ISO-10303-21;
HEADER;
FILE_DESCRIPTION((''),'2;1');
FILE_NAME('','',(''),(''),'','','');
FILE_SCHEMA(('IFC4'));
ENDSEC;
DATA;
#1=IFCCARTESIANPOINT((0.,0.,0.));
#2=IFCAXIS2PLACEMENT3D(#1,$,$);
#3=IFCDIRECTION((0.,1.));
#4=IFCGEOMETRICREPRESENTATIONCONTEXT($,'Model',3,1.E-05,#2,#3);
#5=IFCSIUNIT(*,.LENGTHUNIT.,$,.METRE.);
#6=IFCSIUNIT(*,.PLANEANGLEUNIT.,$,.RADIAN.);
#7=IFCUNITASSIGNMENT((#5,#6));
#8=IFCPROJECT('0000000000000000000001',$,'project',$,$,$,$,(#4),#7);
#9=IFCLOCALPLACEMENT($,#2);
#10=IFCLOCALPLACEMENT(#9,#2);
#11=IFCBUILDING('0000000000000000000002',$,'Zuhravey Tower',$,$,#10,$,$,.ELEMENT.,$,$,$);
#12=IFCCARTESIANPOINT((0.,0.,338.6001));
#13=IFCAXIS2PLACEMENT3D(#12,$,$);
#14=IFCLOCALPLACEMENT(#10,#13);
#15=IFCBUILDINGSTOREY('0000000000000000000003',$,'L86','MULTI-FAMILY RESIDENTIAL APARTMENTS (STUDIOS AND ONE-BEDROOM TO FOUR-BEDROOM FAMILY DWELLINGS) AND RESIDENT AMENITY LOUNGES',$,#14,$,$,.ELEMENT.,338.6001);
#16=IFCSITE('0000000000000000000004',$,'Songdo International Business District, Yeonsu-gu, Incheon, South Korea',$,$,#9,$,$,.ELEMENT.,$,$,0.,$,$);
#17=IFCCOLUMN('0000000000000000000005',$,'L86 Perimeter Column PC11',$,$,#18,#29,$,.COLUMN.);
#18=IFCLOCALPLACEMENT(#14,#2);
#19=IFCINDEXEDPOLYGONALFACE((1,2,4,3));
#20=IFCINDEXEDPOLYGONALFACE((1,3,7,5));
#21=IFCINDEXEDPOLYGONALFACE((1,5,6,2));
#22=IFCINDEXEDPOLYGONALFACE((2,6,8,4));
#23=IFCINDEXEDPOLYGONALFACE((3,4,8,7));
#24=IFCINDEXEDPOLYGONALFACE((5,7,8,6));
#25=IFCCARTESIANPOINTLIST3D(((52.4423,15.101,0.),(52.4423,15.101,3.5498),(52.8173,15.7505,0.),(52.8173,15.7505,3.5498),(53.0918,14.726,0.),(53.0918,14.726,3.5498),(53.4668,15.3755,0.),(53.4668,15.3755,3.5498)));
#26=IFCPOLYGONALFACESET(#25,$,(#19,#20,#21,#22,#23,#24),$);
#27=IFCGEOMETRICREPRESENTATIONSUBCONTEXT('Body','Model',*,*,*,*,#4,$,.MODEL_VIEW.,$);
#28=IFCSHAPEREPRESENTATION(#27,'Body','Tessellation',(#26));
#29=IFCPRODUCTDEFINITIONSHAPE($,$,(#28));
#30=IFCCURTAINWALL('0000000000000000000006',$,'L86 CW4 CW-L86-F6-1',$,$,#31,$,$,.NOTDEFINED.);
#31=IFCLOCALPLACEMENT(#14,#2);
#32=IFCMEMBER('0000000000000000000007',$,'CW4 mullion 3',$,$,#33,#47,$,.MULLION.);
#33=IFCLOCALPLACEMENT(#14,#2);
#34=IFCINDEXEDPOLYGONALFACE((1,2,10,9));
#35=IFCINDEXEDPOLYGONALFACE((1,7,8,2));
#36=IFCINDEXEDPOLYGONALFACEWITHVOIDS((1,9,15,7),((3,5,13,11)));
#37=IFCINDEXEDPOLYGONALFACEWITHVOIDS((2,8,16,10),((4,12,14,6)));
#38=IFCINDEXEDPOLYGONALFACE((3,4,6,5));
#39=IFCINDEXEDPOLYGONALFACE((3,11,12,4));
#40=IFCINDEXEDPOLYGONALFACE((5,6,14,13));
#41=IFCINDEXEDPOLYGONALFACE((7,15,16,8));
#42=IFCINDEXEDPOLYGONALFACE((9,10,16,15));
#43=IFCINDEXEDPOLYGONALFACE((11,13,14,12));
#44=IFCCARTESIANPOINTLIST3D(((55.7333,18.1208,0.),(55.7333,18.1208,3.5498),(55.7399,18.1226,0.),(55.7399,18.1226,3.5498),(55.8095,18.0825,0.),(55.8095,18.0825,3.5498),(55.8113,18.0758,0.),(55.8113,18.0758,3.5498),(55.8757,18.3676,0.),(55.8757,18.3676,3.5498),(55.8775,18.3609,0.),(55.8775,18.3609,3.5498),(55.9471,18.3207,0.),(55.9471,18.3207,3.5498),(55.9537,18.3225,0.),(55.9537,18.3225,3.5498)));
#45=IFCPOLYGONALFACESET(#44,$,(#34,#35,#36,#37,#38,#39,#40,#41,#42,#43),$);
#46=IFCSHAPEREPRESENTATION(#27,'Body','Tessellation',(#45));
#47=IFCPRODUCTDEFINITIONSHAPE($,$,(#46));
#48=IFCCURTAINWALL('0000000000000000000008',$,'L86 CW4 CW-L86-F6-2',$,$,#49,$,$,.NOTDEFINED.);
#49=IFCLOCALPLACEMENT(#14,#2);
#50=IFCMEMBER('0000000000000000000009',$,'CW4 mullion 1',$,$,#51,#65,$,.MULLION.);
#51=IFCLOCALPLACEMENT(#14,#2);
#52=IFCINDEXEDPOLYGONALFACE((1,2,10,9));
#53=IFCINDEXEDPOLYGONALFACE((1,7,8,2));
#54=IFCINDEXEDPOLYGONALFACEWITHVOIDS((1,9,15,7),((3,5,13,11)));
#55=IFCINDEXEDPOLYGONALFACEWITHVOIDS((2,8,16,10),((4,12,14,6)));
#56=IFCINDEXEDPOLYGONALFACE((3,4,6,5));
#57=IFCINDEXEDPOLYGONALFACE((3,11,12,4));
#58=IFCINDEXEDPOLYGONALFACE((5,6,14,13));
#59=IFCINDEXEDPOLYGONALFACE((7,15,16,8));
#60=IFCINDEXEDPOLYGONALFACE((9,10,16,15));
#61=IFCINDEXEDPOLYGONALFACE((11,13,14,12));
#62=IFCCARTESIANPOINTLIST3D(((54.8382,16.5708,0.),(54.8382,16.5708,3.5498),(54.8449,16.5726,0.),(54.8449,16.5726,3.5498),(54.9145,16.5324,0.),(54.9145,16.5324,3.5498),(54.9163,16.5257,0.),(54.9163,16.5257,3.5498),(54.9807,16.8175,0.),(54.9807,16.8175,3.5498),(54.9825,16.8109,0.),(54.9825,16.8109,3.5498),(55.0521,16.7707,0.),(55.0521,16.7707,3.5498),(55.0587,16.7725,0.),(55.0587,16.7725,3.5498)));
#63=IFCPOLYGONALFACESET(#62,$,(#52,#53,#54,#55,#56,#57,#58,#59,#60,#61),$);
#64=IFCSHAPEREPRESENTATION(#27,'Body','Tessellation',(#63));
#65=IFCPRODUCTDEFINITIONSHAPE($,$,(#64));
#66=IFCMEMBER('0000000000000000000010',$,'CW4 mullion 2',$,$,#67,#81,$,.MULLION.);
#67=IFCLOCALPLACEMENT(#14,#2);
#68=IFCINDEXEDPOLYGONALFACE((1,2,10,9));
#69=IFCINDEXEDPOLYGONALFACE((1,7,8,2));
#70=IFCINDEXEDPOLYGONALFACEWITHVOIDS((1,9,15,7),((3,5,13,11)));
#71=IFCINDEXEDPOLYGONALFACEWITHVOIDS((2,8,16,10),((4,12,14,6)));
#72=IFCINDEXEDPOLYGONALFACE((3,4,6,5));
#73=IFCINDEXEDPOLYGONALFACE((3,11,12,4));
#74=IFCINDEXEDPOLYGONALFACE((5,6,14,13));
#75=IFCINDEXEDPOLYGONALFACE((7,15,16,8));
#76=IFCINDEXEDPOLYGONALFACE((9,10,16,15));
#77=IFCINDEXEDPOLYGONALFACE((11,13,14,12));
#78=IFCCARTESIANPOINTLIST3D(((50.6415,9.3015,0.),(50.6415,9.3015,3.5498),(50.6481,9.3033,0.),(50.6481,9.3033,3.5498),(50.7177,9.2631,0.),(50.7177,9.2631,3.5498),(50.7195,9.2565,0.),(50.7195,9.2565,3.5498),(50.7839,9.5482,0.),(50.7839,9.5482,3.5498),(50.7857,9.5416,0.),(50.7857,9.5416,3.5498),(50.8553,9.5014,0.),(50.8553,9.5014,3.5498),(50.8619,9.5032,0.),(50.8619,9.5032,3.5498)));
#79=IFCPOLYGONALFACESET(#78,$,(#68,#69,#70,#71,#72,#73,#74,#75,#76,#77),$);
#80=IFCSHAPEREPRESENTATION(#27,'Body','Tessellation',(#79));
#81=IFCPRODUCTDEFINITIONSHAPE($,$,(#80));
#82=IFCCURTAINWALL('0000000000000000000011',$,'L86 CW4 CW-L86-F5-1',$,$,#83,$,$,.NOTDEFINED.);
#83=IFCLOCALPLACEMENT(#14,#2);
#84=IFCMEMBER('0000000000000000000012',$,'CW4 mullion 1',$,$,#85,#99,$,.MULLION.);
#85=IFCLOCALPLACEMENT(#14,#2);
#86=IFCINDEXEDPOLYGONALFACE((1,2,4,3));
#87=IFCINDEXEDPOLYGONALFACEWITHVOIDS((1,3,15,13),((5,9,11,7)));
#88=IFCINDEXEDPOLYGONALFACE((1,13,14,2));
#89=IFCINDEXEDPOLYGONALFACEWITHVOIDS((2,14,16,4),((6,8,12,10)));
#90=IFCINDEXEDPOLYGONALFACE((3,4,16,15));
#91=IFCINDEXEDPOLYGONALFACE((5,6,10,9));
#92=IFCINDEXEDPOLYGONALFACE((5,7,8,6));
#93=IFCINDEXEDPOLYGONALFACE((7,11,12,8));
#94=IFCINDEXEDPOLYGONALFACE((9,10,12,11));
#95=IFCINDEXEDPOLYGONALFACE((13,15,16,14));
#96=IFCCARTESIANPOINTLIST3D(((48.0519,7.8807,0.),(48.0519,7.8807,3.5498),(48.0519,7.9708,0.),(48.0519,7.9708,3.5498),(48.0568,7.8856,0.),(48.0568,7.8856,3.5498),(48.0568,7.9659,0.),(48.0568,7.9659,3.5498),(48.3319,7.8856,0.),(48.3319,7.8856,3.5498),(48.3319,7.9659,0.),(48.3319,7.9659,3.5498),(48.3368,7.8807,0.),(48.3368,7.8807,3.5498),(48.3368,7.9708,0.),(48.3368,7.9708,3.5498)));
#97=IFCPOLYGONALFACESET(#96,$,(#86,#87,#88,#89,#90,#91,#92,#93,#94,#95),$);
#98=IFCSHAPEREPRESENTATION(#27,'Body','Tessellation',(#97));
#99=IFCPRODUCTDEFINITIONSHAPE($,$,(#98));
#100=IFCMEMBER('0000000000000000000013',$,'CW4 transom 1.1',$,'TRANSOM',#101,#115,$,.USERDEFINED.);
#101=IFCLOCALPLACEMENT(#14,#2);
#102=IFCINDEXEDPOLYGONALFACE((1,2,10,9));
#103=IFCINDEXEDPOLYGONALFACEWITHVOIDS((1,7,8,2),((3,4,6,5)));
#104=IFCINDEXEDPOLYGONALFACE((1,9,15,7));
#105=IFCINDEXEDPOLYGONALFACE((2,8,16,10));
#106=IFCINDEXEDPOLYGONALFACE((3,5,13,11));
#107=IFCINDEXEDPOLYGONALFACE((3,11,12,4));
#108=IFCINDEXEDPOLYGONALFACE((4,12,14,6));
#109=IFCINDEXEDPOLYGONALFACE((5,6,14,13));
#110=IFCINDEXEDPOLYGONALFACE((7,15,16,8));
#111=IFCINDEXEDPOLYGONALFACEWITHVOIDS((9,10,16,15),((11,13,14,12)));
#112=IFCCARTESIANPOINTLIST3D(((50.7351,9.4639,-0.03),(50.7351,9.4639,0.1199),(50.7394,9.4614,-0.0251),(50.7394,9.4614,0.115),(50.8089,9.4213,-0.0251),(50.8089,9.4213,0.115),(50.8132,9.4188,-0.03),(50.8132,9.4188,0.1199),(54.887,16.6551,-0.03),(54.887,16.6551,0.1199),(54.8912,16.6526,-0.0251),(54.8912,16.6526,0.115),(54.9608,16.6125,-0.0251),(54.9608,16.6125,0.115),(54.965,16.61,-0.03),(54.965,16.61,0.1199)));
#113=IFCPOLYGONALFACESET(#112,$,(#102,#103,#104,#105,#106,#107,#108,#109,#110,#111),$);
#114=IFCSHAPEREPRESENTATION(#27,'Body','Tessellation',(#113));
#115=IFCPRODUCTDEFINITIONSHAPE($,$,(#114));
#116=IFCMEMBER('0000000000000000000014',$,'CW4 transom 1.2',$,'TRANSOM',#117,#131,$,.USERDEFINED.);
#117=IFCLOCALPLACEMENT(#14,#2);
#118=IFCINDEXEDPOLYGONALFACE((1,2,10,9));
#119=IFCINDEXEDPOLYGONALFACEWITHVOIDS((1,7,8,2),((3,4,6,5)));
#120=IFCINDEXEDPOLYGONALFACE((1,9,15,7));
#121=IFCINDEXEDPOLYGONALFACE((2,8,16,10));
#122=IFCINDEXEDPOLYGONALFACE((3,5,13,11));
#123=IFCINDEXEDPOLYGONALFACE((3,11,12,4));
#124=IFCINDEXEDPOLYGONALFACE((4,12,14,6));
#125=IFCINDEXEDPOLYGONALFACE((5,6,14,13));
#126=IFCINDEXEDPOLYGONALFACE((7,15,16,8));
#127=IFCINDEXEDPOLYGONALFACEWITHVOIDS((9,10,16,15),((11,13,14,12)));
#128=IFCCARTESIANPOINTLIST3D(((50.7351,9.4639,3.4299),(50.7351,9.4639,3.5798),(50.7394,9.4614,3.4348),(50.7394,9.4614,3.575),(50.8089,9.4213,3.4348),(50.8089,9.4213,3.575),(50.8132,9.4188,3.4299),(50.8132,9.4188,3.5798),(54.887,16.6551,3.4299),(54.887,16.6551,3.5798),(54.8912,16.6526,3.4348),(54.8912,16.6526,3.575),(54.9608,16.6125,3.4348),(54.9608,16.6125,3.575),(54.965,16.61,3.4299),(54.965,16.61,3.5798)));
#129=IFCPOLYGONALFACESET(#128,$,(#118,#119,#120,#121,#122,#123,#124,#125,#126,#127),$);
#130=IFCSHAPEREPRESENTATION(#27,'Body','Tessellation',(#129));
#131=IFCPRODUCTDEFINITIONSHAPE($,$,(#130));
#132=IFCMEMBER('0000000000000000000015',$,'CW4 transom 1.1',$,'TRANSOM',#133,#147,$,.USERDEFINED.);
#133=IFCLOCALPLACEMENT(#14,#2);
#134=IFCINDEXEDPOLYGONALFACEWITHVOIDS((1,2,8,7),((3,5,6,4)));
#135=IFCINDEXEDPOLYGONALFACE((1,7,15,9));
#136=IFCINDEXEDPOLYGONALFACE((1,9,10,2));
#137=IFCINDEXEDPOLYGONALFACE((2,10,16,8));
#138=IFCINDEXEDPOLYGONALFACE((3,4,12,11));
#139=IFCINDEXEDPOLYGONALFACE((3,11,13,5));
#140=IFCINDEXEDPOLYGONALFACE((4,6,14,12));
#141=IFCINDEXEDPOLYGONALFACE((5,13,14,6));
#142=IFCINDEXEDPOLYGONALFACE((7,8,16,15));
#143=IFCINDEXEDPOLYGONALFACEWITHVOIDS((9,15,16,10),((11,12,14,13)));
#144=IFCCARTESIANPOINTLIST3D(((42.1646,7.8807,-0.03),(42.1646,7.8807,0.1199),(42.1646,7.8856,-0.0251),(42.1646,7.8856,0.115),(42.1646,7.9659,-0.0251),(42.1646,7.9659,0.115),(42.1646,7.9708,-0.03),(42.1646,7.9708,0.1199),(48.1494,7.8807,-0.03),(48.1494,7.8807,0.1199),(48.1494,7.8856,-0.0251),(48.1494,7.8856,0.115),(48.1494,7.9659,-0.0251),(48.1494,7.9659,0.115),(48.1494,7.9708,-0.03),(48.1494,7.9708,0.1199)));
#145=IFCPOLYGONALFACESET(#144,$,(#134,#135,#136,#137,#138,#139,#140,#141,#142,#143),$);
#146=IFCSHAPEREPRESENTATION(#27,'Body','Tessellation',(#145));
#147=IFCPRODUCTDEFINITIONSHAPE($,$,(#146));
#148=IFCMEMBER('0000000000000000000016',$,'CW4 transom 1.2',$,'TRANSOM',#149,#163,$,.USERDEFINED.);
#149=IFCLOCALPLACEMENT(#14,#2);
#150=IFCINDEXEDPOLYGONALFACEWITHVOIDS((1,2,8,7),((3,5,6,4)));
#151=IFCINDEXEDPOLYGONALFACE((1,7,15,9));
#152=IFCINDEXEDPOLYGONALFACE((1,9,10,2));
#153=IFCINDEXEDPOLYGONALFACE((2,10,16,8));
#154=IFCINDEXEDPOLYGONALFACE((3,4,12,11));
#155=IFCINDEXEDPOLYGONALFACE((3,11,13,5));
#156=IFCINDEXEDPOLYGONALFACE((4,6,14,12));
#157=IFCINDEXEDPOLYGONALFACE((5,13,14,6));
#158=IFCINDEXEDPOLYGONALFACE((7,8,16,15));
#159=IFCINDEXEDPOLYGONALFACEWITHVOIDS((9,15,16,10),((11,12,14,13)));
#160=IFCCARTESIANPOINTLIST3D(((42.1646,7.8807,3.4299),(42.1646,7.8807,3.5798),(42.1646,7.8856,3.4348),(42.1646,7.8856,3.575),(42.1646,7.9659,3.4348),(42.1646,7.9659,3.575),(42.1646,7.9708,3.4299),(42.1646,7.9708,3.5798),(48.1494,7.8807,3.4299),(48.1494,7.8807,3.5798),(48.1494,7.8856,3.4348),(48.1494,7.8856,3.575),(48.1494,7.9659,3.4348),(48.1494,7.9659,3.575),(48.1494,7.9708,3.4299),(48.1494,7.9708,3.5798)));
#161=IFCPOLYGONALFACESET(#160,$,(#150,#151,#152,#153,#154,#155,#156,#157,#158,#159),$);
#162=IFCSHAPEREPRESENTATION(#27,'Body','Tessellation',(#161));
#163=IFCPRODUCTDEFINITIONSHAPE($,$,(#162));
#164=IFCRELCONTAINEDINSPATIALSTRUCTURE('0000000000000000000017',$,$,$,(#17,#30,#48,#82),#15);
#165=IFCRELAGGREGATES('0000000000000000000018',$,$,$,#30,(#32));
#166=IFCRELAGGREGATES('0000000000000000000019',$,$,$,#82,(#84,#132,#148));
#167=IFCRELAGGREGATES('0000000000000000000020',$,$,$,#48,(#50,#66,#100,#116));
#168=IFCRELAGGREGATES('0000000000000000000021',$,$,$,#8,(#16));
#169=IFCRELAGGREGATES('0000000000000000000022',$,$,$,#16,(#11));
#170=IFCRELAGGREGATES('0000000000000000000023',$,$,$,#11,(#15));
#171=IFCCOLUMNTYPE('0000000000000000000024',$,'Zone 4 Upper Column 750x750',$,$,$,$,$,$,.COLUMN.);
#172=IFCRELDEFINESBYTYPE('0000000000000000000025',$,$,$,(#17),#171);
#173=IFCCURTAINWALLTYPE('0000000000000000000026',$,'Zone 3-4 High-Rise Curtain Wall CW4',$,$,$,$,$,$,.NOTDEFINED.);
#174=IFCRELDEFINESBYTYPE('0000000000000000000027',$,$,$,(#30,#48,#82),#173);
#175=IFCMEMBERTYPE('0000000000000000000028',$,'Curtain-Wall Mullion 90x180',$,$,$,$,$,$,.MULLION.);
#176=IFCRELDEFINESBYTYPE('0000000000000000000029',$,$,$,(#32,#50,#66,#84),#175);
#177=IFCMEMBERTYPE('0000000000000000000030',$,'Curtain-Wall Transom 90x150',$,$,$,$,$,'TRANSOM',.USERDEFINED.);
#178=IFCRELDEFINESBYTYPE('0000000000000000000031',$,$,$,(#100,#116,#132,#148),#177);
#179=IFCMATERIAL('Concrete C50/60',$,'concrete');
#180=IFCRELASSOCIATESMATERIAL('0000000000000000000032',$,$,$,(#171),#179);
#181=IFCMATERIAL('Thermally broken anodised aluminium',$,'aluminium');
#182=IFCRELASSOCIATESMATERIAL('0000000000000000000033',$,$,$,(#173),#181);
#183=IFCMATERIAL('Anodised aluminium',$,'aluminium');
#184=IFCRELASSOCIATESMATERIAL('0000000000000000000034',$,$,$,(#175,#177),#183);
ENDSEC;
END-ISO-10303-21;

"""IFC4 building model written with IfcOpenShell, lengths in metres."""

from ifc_helpers import new_model, si_unit, direction, frame, origin, origin_2d, place, context, subcontext, project, spatial, rectangle, hollow_rectangle, extrude, material, material_profile, profile_set, type_object, element, aggregate, save


model = new_model("IFC4")

# Units and contexts
model_context = context("Model", 3, precision=1e-05, world=origin(), true_north=direction((0.0, 1.0)))
body_context = subcontext(model_context, "Body", "Model", "MODEL_VIEW")
ifc_project = project(units=[si_unit("LENGTHUNIT", "METRE"), si_unit("PLANEANGLEUNIT", "RADIAN")], contexts=[model_context])

# Site, building, storey
site_placement = place(None, origin())
site = spatial("IfcSite", under=ifc_project, at=site_placement, Name="Songdo International Business District, Yeonsu-gu, Incheon, South Korea", CompositionType="ELEMENT", RefElevation=0.0)
building_placement = place(site_placement, origin())
building = spatial("IfcBuilding", under=site, at=building_placement, Name="Zuhravey Tower", CompositionType="ELEMENT")
storey_placement = place(building_placement, frame((0.0, 0.0, 338.6001)))
storey = spatial("IfcBuildingStorey", under=building, at=storey_placement, Name="L86", Description="MULTI-FAMILY RESIDENTIAL APARTMENTS (STUDIOS AND ONE-BEDROOM TO FOUR-BEDROOM FAMILY DWELLINGS) AND RESIDENT AMENITY LOUNGES", CompositionType="ELEMENT", Elevation=338.6001)

# Column
ifc_material_1 = material(Name="Concrete C50/60", Category="concrete")
ifc_material_profile_1 = material_profile(ifc_material_1, rectangle(XDim=0.75, YDim=0.75, at=origin_2d()), Name="RC-750x750")
ifc_profile_set_1 = profile_set([ifc_material_profile_1], Name="Concrete C50/60")
column_type = type_object("IfcColumnType", Name="Zone 4 Upper Column 750x750", PredefinedType="COLUMN", material=ifc_profile_set_1)
column_placement = place(storey_placement, frame((52.9546, 15.2383, 0.0), z_axis=(0.0, 0.0, 1.0), x_axis=(0.5, 0.866025, 0.0)))
element("IfcColumn", 1, at=column_placement, inside=storey, type_object=column_type, Name="L86 Perimeter Column PC11", PredefinedType="COLUMN", context=body_context, shape_type="SweptSolid", body=[
    extrude(rectangle(XDim=0.75, YDim=0.75, at=origin_2d()), origin(), (0.0, 0.0, 1.0), 3.5498),
])

# Curtain wall, member
ifc_material_2 = material(Name="Thermally broken anodised aluminium", Category="aluminium")
curtain_wall_type = type_object("IfcCurtainWallType", Name="Zone 3-4 High-Rise Curtain Wall CW4", PredefinedType="NOTDEFINED", material=ifc_material_2)
curtain_wall_1_placement = place(storey_placement, origin())
curtain_wall_1 = element("IfcCurtainWall", 2, at=curtain_wall_1_placement, inside=storey, type_object=curtain_wall_type, Name="L86 CW4 CW-L86-F6-1", PredefinedType="NOTDEFINED")
ifc_material_3 = material(Name="Anodised aluminium", Category="aluminium")
ifc_material_profile_2 = material_profile(ifc_material_3, hollow_rectangle(XDim=0.0901, YDim=0.2849, WallThickness=0.0049, at=origin_2d()), Name="ALU-RHS-90x285x5")
ifc_profile_set_2 = profile_set([ifc_material_profile_2], Name="Anodised aluminium")
member_type_1 = type_object("IfcMemberType", Name="Curtain-Wall Mullion 90x180", PredefinedType="MULLION", material=ifc_profile_set_2)
member_1_placement = place(storey_placement, frame((55.8435, 18.2217, 0.0), z_axis=(0.0, 0.0, 1.0), x_axis=(0.866026, -0.499999, 0.0)))
member_1 = element("IfcMember", 3, at=member_1_placement, type_object=member_type_1, Name="CW4 mullion 3", PredefinedType="MULLION", context=body_context, shape_type="SweptSolid", body=[
    extrude(hollow_rectangle(XDim=0.0901, YDim=0.2849, WallThickness=0.0049, at=origin_2d()), origin(), (0.0, 0.0, 1.0), 3.5498),
])
aggregate(curtain_wall_1, [member_1])

# Curtain wall, members
curtain_wall_2_placement = place(storey_placement, origin())
curtain_wall_2 = element("IfcCurtainWall", 4, at=curtain_wall_2_placement, inside=storey, type_object=curtain_wall_type, Name="L86 CW4 CW-L86-F6-2", PredefinedType="NOTDEFINED")
member_2_placement = place(storey_placement, frame((54.9485, 16.6716, 0.0), z_axis=(0.0, 0.0, 1.0), x_axis=(0.866026, -0.499999, 0.0)))
member_2 = element("IfcMember", 5, at=member_2_placement, type_object=member_type_1, Name="CW4 mullion 1", PredefinedType="MULLION", context=body_context, shape_type="SweptSolid", body=[
    extrude(hollow_rectangle(XDim=0.0901, YDim=0.2849, WallThickness=0.0049, at=origin_2d()), origin(), (0.0, 0.0, 1.0), 3.5498),
])
member_3_placement = place(storey_placement, frame((50.7517, 9.4023, 0.0), z_axis=(0.0, 0.0, 1.0), x_axis=(0.866026, -0.499999, 0.0)))
member_3 = element("IfcMember", 6, at=member_3_placement, type_object=member_type_1, Name="CW4 mullion 2", PredefinedType="MULLION", context=body_context, shape_type="SweptSolid", body=[
    extrude(hollow_rectangle(XDim=0.0901, YDim=0.2849, WallThickness=0.0049, at=origin_2d()), origin(), (0.0, 0.0, 1.0), 3.5498),
])

# Curtain wall, member
curtain_wall_3_placement = place(storey_placement, origin())
curtain_wall_3 = element("IfcCurtainWall", 7, at=curtain_wall_3_placement, inside=storey, type_object=curtain_wall_type, Name="L86 CW4 CW-L86-F5-1", PredefinedType="NOTDEFINED")
member_4_placement = place(storey_placement, frame((48.1943, 7.9258, 0.0), z_axis=(0.0, 0.0, 1.0), x_axis=(0.0, -1.0, 0.0)))
member_4 = element("IfcMember", 8, at=member_4_placement, type_object=member_type_1, Name="CW4 mullion 1", PredefinedType="MULLION", context=body_context, shape_type="SweptSolid", body=[
    extrude(hollow_rectangle(XDim=0.0901, YDim=0.2849, WallThickness=0.0049, at=origin_2d()), origin(), (0.0, 0.0, 1.0), 3.5498),
])

# Members
ifc_material_profile_3 = material_profile(ifc_material_3, hollow_rectangle(XDim=0.0901, YDim=0.1499, WallThickness=0.0049, at=origin_2d()), Name="ALU-RHS-90x150x5")
ifc_profile_set_3 = profile_set([ifc_material_profile_3], Name="Anodised aluminium")
member_type_2 = type_object("IfcMemberType", Name="Curtain-Wall Transom 90x150", ElementType="TRANSOM", PredefinedType="USERDEFINED", material=ifc_profile_set_3)
member_5_placement = place(storey_placement, frame((54.926, 16.6326, 0.0449), z_axis=(-0.500003, -0.866024, 0.0), x_axis=(0.866024, -0.500003, 0.0)))
member_5 = element("IfcMember", 9, at=member_5_placement, type_object=member_type_2, Name="CW4 transom 1.1", ObjectType="TRANSOM", PredefinedType="USERDEFINED", context=body_context, shape_type="SweptSolid", body=[
    extrude(hollow_rectangle(XDim=0.0901, YDim=0.1499, WallThickness=0.0049, at=origin_2d()), origin(), (0.0, 0.0, 1.0), 8.3037),
])
member_6_placement = place(storey_placement, frame((54.926, 16.6326, 3.5049), z_axis=(-0.500003, -0.866024, 0.0), x_axis=(0.866024, -0.500003, 0.0)))
member_6 = element("IfcMember", 10, at=member_6_placement, type_object=member_type_2, Name="CW4 transom 1.2", ObjectType="TRANSOM", PredefinedType="USERDEFINED", context=body_context, shape_type="SweptSolid", body=[
    extrude(hollow_rectangle(XDim=0.0901, YDim=0.1499, WallThickness=0.0049, at=origin_2d()), origin(), (0.0, 0.0, 1.0), 8.3037),
])
member_7_placement = place(storey_placement, frame((48.1494, 7.9258, 0.0449), z_axis=(-1.0, 0.0, 0.0), x_axis=(0.0, -1.0, 0.0)))
member_7 = element("IfcMember", 11, at=member_7_placement, type_object=member_type_2, Name="CW4 transom 1.1", ObjectType="TRANSOM", PredefinedType="USERDEFINED", context=body_context, shape_type="SweptSolid", body=[
    extrude(hollow_rectangle(XDim=0.0901, YDim=0.1499, WallThickness=0.0049, at=origin_2d()), origin(), (0.0, 0.0, 1.0), 5.9849),
])
member_8_placement = place(storey_placement, frame((48.1494, 7.9258, 3.5049), z_axis=(-1.0, 0.0, 0.0), x_axis=(0.0, -1.0, 0.0)))
member_8 = element("IfcMember", 12, at=member_8_placement, type_object=member_type_2, Name="CW4 transom 1.2", ObjectType="TRANSOM", PredefinedType="USERDEFINED", context=body_context, shape_type="SweptSolid", body=[
    extrude(hollow_rectangle(XDim=0.0901, YDim=0.1499, WallThickness=0.0049, at=origin_2d()), origin(), (0.0, 0.0, 1.0), 5.9849),
])
aggregate(curtain_wall_3, [member_4, member_7, member_8])

aggregate(curtain_wall_2, [member_2, member_3, member_5, member_6])

save(model, "model.ifc")
